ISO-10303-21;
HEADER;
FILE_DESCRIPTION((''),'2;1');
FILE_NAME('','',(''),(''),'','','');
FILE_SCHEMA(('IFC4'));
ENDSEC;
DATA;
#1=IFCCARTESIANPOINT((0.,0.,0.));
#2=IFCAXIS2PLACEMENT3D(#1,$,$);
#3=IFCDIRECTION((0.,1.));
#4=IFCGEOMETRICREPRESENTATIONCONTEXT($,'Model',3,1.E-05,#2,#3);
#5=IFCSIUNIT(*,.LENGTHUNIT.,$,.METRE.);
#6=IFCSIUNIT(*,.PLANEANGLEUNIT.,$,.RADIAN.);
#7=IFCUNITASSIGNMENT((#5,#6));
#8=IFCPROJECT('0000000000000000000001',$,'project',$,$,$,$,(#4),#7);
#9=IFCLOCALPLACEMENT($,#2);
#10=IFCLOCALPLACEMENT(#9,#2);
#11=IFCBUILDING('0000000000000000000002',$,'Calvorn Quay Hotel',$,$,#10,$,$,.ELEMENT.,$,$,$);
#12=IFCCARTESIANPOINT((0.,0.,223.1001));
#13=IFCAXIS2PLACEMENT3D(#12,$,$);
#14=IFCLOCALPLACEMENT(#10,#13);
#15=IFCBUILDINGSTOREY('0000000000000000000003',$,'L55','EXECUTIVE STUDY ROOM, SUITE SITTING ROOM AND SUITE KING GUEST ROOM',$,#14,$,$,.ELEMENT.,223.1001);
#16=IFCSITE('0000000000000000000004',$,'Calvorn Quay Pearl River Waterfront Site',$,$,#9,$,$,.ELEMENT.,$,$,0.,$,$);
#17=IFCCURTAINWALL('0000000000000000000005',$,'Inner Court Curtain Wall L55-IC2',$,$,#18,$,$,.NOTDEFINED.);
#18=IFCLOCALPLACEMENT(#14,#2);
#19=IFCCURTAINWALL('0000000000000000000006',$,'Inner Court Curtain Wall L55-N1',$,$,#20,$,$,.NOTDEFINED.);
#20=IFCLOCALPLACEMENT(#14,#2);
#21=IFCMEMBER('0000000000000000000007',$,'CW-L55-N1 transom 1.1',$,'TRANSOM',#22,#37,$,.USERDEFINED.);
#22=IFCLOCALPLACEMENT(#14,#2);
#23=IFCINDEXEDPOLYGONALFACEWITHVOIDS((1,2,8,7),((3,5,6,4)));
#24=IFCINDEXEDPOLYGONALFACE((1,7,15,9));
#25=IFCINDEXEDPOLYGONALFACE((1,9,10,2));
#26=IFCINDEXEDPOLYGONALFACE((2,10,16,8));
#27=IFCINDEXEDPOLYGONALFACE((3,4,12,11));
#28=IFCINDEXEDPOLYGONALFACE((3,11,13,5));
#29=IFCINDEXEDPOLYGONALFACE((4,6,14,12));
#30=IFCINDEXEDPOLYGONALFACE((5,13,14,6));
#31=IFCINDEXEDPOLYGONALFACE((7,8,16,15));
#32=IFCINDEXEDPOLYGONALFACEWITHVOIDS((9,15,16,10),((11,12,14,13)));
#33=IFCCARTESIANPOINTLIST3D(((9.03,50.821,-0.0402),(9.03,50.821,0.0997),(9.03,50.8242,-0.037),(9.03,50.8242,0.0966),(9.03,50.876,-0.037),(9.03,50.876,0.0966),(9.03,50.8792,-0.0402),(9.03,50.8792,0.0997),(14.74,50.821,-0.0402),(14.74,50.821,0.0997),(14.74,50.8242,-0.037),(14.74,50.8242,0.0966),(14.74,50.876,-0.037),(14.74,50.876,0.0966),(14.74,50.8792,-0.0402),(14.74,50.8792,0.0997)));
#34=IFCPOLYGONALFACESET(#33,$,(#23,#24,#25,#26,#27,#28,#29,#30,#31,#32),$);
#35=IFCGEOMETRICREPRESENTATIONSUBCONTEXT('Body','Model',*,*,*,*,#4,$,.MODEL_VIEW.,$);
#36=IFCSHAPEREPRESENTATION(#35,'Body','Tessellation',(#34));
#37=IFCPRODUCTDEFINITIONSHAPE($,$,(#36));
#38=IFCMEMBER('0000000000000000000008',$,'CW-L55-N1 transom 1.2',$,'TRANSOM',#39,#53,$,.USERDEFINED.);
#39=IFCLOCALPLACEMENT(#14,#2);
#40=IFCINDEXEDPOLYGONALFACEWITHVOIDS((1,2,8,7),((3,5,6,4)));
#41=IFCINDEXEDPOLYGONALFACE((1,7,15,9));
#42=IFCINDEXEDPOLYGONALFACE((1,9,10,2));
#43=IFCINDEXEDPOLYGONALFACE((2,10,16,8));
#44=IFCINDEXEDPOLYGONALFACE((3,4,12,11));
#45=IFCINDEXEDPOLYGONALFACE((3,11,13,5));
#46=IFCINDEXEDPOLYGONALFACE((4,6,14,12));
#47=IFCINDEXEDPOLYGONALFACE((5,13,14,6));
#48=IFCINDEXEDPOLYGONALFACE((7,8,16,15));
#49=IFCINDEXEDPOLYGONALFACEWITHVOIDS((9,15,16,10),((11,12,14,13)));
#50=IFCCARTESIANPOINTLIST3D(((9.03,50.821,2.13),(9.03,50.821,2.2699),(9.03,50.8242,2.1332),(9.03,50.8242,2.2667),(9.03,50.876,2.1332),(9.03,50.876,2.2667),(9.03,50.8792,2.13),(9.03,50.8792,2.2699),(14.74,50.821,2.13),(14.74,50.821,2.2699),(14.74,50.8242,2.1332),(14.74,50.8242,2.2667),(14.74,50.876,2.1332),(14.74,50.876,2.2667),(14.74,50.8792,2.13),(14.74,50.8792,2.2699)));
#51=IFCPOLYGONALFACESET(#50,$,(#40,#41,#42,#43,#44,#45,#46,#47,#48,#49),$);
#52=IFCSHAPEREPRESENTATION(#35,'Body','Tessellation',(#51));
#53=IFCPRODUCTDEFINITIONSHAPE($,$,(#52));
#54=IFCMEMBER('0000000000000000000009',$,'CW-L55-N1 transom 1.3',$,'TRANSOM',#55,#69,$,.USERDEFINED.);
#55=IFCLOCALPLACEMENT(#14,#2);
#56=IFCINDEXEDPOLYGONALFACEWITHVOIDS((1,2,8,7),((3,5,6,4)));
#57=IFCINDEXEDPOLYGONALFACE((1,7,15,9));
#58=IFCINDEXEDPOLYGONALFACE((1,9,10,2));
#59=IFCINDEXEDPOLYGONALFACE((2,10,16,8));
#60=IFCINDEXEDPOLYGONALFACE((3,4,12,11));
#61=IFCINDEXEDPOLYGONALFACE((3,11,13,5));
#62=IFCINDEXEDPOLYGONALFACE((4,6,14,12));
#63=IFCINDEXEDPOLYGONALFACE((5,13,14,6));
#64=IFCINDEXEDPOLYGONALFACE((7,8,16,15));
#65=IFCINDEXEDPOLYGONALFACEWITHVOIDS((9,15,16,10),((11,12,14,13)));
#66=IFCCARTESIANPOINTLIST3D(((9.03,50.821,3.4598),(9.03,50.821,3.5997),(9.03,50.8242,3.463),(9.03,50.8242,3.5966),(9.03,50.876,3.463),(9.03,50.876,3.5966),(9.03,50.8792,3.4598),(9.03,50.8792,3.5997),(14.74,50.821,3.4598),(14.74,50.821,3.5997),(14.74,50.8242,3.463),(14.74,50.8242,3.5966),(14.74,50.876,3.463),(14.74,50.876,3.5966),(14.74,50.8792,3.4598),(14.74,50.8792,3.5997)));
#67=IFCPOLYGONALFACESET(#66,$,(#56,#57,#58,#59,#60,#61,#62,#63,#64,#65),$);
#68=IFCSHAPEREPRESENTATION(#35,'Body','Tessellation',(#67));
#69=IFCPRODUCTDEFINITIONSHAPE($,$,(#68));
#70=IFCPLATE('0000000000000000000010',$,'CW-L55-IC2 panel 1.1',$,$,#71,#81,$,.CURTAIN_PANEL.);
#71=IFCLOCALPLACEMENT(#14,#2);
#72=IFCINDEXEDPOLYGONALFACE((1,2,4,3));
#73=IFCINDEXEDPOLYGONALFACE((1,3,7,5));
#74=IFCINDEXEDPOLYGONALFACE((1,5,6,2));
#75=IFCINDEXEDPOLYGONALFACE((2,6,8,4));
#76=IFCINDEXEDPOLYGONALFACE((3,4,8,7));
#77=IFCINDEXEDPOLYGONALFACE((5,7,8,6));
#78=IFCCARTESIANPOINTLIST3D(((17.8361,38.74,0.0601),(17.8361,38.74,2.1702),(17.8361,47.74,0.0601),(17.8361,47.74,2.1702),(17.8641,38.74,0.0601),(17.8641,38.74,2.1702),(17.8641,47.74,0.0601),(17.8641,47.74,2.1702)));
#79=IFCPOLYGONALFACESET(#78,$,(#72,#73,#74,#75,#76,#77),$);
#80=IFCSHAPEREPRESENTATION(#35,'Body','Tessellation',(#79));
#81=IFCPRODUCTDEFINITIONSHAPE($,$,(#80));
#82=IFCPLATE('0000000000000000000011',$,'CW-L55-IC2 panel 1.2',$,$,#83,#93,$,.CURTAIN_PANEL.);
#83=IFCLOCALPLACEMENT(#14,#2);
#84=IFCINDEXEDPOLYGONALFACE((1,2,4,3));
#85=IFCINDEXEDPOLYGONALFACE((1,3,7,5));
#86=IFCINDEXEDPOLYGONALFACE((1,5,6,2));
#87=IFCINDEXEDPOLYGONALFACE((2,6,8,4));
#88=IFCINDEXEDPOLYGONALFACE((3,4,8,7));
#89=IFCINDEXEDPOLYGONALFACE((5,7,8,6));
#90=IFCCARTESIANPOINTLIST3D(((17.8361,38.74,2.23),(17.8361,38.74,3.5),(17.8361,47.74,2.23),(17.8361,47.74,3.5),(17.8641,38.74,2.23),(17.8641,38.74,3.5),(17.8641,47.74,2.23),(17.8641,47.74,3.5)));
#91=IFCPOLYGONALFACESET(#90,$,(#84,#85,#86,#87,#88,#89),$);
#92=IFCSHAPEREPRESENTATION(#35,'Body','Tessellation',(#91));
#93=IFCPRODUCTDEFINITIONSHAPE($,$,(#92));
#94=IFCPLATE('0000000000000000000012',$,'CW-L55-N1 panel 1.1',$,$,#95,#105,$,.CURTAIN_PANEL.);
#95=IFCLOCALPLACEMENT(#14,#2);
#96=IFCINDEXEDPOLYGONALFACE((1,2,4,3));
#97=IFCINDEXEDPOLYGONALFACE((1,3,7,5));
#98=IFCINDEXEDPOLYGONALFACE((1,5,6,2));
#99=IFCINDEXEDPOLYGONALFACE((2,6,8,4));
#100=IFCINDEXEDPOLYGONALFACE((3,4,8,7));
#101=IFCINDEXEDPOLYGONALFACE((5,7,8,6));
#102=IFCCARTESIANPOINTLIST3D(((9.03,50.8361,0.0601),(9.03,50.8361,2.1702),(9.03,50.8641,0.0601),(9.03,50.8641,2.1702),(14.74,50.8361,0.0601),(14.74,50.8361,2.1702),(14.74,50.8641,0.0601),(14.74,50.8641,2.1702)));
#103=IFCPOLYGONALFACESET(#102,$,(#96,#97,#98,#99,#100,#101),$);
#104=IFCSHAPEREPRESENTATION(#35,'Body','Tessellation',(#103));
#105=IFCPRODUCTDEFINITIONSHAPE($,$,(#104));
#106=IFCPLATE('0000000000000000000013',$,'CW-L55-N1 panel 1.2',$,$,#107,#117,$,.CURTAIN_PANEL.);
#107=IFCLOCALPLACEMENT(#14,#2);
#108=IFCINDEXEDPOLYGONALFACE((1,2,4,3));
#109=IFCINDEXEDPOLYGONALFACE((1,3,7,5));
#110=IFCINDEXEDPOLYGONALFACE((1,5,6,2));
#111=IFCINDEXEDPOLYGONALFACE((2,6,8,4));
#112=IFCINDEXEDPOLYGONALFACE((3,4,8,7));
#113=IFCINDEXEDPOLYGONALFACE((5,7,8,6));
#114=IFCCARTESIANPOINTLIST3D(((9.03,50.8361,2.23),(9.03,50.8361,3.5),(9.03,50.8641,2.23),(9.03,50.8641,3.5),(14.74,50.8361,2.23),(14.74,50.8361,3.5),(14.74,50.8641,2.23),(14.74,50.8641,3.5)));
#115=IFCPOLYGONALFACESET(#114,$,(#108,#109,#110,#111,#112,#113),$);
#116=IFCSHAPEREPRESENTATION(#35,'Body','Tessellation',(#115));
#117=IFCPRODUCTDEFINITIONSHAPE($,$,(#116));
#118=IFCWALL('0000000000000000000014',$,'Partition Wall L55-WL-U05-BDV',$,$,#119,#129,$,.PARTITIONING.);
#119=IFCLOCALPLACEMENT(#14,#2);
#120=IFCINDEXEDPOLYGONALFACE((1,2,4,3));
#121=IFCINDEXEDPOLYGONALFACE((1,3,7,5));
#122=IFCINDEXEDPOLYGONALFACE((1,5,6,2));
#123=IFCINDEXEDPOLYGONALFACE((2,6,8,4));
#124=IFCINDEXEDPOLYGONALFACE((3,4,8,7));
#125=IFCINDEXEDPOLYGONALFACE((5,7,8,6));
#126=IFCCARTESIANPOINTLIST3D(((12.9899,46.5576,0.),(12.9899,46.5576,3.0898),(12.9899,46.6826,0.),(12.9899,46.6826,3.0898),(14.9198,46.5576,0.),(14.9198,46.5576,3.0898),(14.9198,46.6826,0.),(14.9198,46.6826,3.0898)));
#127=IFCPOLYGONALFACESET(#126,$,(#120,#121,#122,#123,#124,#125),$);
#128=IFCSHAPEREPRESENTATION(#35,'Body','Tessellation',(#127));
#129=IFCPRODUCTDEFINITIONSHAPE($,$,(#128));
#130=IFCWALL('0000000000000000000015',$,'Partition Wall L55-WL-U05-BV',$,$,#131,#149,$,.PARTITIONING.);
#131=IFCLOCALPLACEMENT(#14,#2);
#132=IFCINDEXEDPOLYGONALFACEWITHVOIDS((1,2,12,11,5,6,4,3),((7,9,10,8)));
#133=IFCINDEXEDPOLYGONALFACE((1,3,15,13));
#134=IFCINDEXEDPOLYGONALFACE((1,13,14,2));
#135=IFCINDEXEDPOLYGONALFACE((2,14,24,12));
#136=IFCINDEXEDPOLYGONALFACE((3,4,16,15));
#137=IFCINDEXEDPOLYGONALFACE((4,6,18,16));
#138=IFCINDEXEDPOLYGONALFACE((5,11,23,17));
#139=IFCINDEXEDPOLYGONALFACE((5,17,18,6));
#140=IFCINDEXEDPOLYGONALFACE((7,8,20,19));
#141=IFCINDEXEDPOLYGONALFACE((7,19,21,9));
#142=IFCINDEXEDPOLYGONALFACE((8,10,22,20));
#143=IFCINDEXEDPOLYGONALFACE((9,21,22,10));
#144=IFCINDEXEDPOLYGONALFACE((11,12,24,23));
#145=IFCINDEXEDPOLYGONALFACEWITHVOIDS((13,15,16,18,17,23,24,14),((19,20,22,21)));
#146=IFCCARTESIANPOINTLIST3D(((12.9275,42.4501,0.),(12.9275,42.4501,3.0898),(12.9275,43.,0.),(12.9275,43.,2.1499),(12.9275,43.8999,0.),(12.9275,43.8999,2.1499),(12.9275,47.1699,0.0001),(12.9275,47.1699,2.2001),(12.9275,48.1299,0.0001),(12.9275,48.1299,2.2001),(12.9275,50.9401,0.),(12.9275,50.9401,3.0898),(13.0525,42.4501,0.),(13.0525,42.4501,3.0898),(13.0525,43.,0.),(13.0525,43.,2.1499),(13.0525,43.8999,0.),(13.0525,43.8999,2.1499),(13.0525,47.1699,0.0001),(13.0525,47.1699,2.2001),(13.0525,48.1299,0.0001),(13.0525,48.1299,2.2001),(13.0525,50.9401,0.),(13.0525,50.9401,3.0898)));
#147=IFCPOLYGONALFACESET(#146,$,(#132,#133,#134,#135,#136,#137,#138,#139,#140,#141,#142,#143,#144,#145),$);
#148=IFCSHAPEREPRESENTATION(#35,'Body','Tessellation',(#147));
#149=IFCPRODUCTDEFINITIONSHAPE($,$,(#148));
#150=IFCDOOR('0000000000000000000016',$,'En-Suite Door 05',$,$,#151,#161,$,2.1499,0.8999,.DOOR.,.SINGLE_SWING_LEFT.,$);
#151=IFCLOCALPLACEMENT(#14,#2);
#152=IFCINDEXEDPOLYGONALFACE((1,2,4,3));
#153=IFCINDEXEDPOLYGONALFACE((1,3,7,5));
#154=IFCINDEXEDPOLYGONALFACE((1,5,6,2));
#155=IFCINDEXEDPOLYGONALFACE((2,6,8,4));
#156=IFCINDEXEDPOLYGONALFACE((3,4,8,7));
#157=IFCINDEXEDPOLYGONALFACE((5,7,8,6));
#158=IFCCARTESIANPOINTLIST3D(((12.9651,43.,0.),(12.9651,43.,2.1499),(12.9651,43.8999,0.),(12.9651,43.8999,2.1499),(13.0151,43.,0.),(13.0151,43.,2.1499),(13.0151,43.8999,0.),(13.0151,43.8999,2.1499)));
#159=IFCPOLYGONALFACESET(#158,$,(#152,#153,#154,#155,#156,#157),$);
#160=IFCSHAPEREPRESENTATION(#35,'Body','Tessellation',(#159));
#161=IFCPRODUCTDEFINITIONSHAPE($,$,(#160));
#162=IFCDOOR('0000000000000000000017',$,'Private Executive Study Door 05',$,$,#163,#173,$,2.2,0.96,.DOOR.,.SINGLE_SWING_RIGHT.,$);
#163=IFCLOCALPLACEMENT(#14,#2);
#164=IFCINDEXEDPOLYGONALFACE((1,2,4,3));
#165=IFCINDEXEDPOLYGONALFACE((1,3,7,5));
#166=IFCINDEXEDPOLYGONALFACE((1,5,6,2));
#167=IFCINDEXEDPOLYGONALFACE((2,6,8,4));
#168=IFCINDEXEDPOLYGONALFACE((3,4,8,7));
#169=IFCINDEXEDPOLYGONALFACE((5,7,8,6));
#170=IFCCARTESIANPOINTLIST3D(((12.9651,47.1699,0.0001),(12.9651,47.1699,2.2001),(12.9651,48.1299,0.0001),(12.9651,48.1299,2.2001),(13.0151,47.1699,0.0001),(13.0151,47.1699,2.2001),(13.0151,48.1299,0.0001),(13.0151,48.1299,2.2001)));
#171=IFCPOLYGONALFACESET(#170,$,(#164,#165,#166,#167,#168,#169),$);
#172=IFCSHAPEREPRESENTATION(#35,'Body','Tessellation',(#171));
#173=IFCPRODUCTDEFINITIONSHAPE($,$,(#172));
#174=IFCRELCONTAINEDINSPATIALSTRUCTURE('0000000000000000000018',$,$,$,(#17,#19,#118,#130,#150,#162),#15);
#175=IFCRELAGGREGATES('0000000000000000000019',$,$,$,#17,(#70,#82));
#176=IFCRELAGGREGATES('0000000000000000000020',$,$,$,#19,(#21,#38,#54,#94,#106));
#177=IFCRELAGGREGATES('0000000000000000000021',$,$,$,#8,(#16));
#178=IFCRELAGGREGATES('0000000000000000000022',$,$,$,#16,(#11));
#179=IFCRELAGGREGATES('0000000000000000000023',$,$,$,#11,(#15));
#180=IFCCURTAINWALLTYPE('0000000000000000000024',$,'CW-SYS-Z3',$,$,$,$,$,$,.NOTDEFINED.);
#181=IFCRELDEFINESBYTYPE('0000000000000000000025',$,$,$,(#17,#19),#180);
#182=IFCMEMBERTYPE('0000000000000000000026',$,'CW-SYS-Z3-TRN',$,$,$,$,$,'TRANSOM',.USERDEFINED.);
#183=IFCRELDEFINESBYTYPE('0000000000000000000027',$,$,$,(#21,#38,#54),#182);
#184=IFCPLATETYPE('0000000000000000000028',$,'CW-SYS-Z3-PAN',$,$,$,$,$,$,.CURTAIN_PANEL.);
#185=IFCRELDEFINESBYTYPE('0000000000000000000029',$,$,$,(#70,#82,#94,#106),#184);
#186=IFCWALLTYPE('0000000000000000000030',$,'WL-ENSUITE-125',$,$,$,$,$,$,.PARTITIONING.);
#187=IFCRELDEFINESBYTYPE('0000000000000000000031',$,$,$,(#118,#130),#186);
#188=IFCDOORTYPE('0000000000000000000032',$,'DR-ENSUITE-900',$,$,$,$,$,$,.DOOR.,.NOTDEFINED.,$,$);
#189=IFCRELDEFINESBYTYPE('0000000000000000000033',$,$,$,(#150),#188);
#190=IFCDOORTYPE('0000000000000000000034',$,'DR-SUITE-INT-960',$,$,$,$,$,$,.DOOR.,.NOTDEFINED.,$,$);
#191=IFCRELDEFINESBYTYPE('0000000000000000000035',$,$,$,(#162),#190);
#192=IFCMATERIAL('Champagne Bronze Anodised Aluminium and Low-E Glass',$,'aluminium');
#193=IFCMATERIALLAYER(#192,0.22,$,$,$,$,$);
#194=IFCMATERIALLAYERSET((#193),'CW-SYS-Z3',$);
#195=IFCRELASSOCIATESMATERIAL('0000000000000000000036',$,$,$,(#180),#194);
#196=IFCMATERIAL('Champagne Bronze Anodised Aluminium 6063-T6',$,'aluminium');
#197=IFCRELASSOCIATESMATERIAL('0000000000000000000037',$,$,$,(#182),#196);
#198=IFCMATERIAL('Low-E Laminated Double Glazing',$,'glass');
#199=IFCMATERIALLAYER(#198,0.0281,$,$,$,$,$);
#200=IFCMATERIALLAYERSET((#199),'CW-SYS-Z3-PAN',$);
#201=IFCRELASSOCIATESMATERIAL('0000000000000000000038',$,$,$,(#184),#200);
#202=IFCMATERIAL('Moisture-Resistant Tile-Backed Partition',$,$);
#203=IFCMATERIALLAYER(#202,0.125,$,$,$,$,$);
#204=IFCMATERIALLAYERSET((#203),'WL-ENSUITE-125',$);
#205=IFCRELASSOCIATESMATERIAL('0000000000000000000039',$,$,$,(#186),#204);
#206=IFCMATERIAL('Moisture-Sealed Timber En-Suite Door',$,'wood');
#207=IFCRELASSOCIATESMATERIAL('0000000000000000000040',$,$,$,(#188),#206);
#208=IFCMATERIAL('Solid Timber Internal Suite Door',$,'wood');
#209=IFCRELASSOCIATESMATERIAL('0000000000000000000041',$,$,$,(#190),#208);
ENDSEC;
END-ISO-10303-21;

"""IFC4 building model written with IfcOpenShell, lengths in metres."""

from ifc_helpers import new_model, si_unit, direction, frame, frame_2d, origin, origin_2d, place, context, subcontext, project, spatial, rectangle, hollow_rectangle, extrude, material, layer, layer_set, material_profile, profile_set, type_object, element, fill, aggregate, save


model = new_model("IFC4")

# Units and contexts
model_context = context("Model", 3, precision=1e-05, world=origin(), true_north=direction((0.0, 1.0)))
body_context = subcontext(model_context, "Body", "Model", "MODEL_VIEW")
ifc_project = project(units=[si_unit("LENGTHUNIT", "METRE"), si_unit("PLANEANGLEUNIT", "RADIAN")], contexts=[model_context])

# Site, building, storey
site_placement = place(None, origin())
site = spatial("IfcSite", under=ifc_project, at=site_placement, Name="Calvorn Quay Pearl River Waterfront Site", CompositionType="ELEMENT", RefElevation=0.0)
building_placement = place(site_placement, origin())
building = spatial("IfcBuilding", under=site, at=building_placement, Name="Calvorn Quay Hotel", CompositionType="ELEMENT")
storey_placement = place(building_placement, frame((0.0, 0.0, 223.1001)))
storey = spatial("IfcBuildingStorey", under=building, at=storey_placement, Name="L55", Description="EXECUTIVE STUDY ROOM, SUITE SITTING ROOM AND SUITE KING GUEST ROOM", CompositionType="ELEMENT", Elevation=223.1001)

# Curtain walls
ifc_material_1 = material(Name="Champagne Bronze Anodised Aluminium and Low-E Glass", Category="aluminium")
ifc_layer_1 = layer(ifc_material_1, 0.22)
ifc_layer_set_1 = layer_set([ifc_layer_1], Name="CW-SYS-Z3")
curtain_wall_type = type_object("IfcCurtainWallType", Name="CW-SYS-Z3", PredefinedType="NOTDEFINED", material=ifc_layer_set_1)
curtain_wall_1_placement = place(storey_placement, origin())
curtain_wall_1 = element("IfcCurtainWall", 1, at=curtain_wall_1_placement, inside=storey, type_object=curtain_wall_type, Name="Inner Court Curtain Wall L55-IC2", PredefinedType="NOTDEFINED")
curtain_wall_2_placement = place(storey_placement, origin())
curtain_wall_2 = element("IfcCurtainWall", 2, at=curtain_wall_2_placement, inside=storey, type_object=curtain_wall_type, Name="Inner Court Curtain Wall L55-N1", PredefinedType="NOTDEFINED")

# Members
ifc_material_2 = material(Name="Champagne Bronze Anodised Aluminium 6063-T6", Category="aluminium")
ifc_material_profile_1 = material_profile(ifc_material_2, hollow_rectangle(XDim=0.0581, YDim=0.1399, WallThickness=0.0032, at=origin_2d()), Name="ALU-T140x58x3.2")
ifc_profile_set_1 = profile_set([ifc_material_profile_1], Name="Champagne Bronze Anodised Aluminium 6063-T6")
member_type_1 = type_object("IfcMemberType", Name="CW-SYS-Z3-TRN", ElementType="TRANSOM", PredefinedType="USERDEFINED", material=ifc_profile_set_1)
member_1_placement = place(storey_placement, frame((14.74, 50.8501, 0.0298), z_axis=(-1.0, 0.0, 0.0), x_axis=(0.0, -1.0, 0.0)))
member_1 = element("IfcMember", 3, at=member_1_placement, type_object=member_type_1, Name="CW-L55-N1 transom 1.1", ObjectType="TRANSOM", PredefinedType="USERDEFINED", context=body_context, shape_type="SweptSolid", body=[
    extrude(hollow_rectangle(XDim=0.0581, YDim=0.1399, WallThickness=0.0032, at=origin_2d()), origin(), (0.0, 0.0, 1.0), 5.71),
])
member_2_placement = place(storey_placement, frame((14.74, 50.8501, 2.2), z_axis=(-1.0, 0.0, 0.0), x_axis=(0.0, -1.0, 0.0)))
member_2 = element("IfcMember", 4, at=member_2_placement, type_object=member_type_1, Name="CW-L55-N1 transom 1.2", ObjectType="TRANSOM", PredefinedType="USERDEFINED", context=body_context, shape_type="SweptSolid", body=[
    extrude(hollow_rectangle(XDim=0.0581, YDim=0.1399, WallThickness=0.0032, at=origin_2d()), origin(), (0.0, 0.0, 1.0), 5.71),
])
member_3_placement = place(storey_placement, frame((14.74, 50.8501, 3.5298), z_axis=(-1.0, 0.0, 0.0), x_axis=(0.0, -1.0, 0.0)))
member_3 = element("IfcMember", 5, at=member_3_placement, type_object=member_type_1, Name="CW-L55-N1 transom 1.3", ObjectType="TRANSOM", PredefinedType="USERDEFINED", context=body_context, shape_type="SweptSolid", body=[
    extrude(hollow_rectangle(XDim=0.0581, YDim=0.1399, WallThickness=0.0032, at=origin_2d()), origin(), (0.0, 0.0, 1.0), 5.71),
])

# Plates
ifc_material_3 = material(Name="Low-E Laminated Double Glazing", Category="glass")
ifc_layer_2 = layer(ifc_material_3, 0.0281)
ifc_layer_set_2 = layer_set([ifc_layer_2], Name="CW-SYS-Z3-PAN")
plate_type = type_object("IfcPlateType", Name="CW-SYS-Z3-PAN", PredefinedType="CURTAIN_PANEL", material=ifc_layer_set_2)
plate_1_placement = place(storey_placement, frame((17.8501, 43.24, 0.0601), z_axis=(0.0, 0.0, 1.0), x_axis=(0.0, 1.0, 0.0)))
plate_1 = element("IfcPlate", 6, at=plate_1_placement, type_object=plate_type, Name="CW-L55-IC2 panel 1.1", PredefinedType="CURTAIN_PANEL", context=body_context, shape_type="SweptSolid", body=[
    extrude(rectangle(XDim=9.0, YDim=0.0281, at=origin_2d()), origin(), (0.0, 0.0, 1.0), 2.1101),
])
plate_2_placement = place(storey_placement, frame((17.8501, 43.24, 2.23), z_axis=(0.0, 0.0, 1.0), x_axis=(0.0, 1.0, 0.0)))
plate_2 = element("IfcPlate", 7, at=plate_2_placement, type_object=plate_type, Name="CW-L55-IC2 panel 1.2", PredefinedType="CURTAIN_PANEL", context=body_context, shape_type="SweptSolid", body=[
    extrude(rectangle(XDim=9.0, YDim=0.0281, at=origin_2d()), origin(), (0.0, 0.0, 1.0), 1.27),
])
aggregate(curtain_wall_1, [plate_1, plate_2])
plate_3_placement = place(storey_placement, frame((11.885, 50.8501, 0.0601), z_axis=(0.0, 0.0, 1.0), x_axis=(-1.0, 0.0, 0.0)))
plate_3 = element("IfcPlate", 8, at=plate_3_placement, type_object=plate_type, Name="CW-L55-N1 panel 1.1", PredefinedType="CURTAIN_PANEL", context=body_context, shape_type="SweptSolid", body=[
    extrude(rectangle(XDim=5.71, YDim=0.0281, at=origin_2d()), origin(), (0.0, 0.0, 1.0), 2.1101),
])
plate_4_placement = place(storey_placement, frame((11.885, 50.8501, 2.23), z_axis=(0.0, 0.0, 1.0), x_axis=(-1.0, 0.0, 0.0)))
plate_4 = element("IfcPlate", 9, at=plate_4_placement, type_object=plate_type, Name="CW-L55-N1 panel 1.2", PredefinedType="CURTAIN_PANEL", context=body_context, shape_type="SweptSolid", body=[
    extrude(rectangle(XDim=5.71, YDim=0.0281, at=origin_2d()), origin(), (0.0, 0.0, 1.0), 1.27),
])
aggregate(curtain_wall_2, [member_1, member_2, member_3, plate_3, plate_4])

# Wall
ifc_material_4 = material(Name="Moisture-Resistant Tile-Backed Partition")
ifc_layer_3 = layer(ifc_material_4, 0.125)
ifc_layer_set_3 = layer_set([ifc_layer_3], Name="WL-ENSUITE-125")
wall_type_1 = type_object("IfcWallType", Name="WL-ENSUITE-125", PredefinedType="PARTITIONING", material=ifc_layer_set_3)
wall_1_placement = place(storey_placement, frame((12.99, 46.6201, 0.0), z_axis=(0.0, 0.0, 1.0), x_axis=(1.0, 0.0, 0.0)))
element("IfcWall", 10, at=wall_1_placement, inside=storey, type_object=wall_type_1, Name="Partition Wall L55-WL-U05-BDV", PredefinedType="PARTITIONING", context=body_context, shape_type="SweptSolid", body=[
    extrude(rectangle(XDim=1.9299, YDim=0.125, at=frame_2d((0.9648, 0.0))), origin(), (0.0, 0.0, 1.0), 3.0898),
])

# Wall, openings, doors
wall_2_placement = place(storey_placement, frame((12.99, 42.45, 0.0), z_axis=(0.0, 0.0, 1.0), x_axis=(0.0, 1.0, 0.0)))
wall_2 = element("IfcWall", 11, at=wall_2_placement, inside=storey, type_object=wall_type_1, Name="Partition Wall L55-WL-U05-BV", PredefinedType="PARTITIONING", context=body_context, shape_type="SweptSolid", body=[
    extrude(rectangle(XDim=8.49, YDim=0.125, at=frame_2d((4.2451, 0.0))), origin(), (0.0, 0.0, 1.0), 3.0898),
])
opening_1_placement = place(wall_2_placement, frame((0.55, 0.0, 0.0)))
opening_1 = element("IfcOpeningElement", 12, at=opening_1_placement, cuts=wall_2, PredefinedType="OPENING", context=body_context, shape_type="SweptSolid", body=[
    extrude(rectangle(XDim=0.8999, YDim=2.1499, at=frame_2d((0.45, 1.075))), frame((0.0, 0.0725, 0.0), z_axis=(0.0, -1.0, 0.0), x_axis=(1.0, 0.0, 0.0)), (0.0, 0.0, 1.0), 0.145),
])
opening_2_placement = place(wall_2_placement, frame((4.72, 0.0, 0.0)))
opening_2 = element("IfcOpeningElement", 13, at=opening_2_placement, cuts=wall_2, PredefinedType="OPENING", context=body_context, shape_type="SweptSolid", body=[
    extrude(rectangle(XDim=0.96, YDim=2.2, at=frame_2d((0.48, 1.1001))), frame((0.0, 0.0725, 0.0), z_axis=(0.0, -1.0, 0.0), x_axis=(1.0, 0.0, 0.0)), (0.0, 0.0, 1.0), 0.145),
])
ifc_material_5 = material(Name="Moisture-Sealed Timber En-Suite Door", Category="wood")
door_type_1 = type_object("IfcDoorType", Name="DR-ENSUITE-900", OperationType="NOTDEFINED", PredefinedType="DOOR", material=ifc_material_5)
door_1_placement = place(opening_1_placement, origin())
door_1 = element("IfcDoor", 14, at=door_1_placement, inside=storey, type_object=door_type_1, Name="En-Suite Door 05", OperationType="SINGLE_SWING_LEFT", OverallHeight=2.1499, OverallWidth=0.8999, PredefinedType="DOOR", context=body_context, shape_type="SweptSolid", body=[
    extrude(rectangle(XDim=0.8999, YDim=2.1499, at=frame_2d((0.45, 1.075))), frame((0.0, 0.0249, 0.0), z_axis=(0.0, -1.0, 0.0), x_axis=(1.0, 0.0, 0.0)), (0.0, 0.0, 1.0), 0.05),
])
fill(opening_1, door_1)
ifc_material_6 = material(Name="Solid Timber Internal Suite Door", Category="wood")
door_type_2 = type_object("IfcDoorType", Name="DR-SUITE-INT-960", OperationType="NOTDEFINED", PredefinedType="DOOR", material=ifc_material_6)
door_2_placement = place(opening_2_placement, origin())
door_2 = element("IfcDoor", 15, at=door_2_placement, inside=storey, type_object=door_type_2, Name="Private Executive Study Door 05", OperationType="SINGLE_SWING_RIGHT", OverallHeight=2.2, OverallWidth=0.96, PredefinedType="DOOR", context=body_context, shape_type="SweptSolid", body=[
    extrude(rectangle(XDim=0.96, YDim=2.2, at=frame_2d((0.48, 1.1001))), frame((0.0, 0.0249, 0.0), z_axis=(0.0, -1.0, 0.0), x_axis=(1.0, 0.0, 0.0)), (0.0, 0.0, 1.0), 0.05),
])
fill(opening_2, door_2)

save(model, "model.ifc")
